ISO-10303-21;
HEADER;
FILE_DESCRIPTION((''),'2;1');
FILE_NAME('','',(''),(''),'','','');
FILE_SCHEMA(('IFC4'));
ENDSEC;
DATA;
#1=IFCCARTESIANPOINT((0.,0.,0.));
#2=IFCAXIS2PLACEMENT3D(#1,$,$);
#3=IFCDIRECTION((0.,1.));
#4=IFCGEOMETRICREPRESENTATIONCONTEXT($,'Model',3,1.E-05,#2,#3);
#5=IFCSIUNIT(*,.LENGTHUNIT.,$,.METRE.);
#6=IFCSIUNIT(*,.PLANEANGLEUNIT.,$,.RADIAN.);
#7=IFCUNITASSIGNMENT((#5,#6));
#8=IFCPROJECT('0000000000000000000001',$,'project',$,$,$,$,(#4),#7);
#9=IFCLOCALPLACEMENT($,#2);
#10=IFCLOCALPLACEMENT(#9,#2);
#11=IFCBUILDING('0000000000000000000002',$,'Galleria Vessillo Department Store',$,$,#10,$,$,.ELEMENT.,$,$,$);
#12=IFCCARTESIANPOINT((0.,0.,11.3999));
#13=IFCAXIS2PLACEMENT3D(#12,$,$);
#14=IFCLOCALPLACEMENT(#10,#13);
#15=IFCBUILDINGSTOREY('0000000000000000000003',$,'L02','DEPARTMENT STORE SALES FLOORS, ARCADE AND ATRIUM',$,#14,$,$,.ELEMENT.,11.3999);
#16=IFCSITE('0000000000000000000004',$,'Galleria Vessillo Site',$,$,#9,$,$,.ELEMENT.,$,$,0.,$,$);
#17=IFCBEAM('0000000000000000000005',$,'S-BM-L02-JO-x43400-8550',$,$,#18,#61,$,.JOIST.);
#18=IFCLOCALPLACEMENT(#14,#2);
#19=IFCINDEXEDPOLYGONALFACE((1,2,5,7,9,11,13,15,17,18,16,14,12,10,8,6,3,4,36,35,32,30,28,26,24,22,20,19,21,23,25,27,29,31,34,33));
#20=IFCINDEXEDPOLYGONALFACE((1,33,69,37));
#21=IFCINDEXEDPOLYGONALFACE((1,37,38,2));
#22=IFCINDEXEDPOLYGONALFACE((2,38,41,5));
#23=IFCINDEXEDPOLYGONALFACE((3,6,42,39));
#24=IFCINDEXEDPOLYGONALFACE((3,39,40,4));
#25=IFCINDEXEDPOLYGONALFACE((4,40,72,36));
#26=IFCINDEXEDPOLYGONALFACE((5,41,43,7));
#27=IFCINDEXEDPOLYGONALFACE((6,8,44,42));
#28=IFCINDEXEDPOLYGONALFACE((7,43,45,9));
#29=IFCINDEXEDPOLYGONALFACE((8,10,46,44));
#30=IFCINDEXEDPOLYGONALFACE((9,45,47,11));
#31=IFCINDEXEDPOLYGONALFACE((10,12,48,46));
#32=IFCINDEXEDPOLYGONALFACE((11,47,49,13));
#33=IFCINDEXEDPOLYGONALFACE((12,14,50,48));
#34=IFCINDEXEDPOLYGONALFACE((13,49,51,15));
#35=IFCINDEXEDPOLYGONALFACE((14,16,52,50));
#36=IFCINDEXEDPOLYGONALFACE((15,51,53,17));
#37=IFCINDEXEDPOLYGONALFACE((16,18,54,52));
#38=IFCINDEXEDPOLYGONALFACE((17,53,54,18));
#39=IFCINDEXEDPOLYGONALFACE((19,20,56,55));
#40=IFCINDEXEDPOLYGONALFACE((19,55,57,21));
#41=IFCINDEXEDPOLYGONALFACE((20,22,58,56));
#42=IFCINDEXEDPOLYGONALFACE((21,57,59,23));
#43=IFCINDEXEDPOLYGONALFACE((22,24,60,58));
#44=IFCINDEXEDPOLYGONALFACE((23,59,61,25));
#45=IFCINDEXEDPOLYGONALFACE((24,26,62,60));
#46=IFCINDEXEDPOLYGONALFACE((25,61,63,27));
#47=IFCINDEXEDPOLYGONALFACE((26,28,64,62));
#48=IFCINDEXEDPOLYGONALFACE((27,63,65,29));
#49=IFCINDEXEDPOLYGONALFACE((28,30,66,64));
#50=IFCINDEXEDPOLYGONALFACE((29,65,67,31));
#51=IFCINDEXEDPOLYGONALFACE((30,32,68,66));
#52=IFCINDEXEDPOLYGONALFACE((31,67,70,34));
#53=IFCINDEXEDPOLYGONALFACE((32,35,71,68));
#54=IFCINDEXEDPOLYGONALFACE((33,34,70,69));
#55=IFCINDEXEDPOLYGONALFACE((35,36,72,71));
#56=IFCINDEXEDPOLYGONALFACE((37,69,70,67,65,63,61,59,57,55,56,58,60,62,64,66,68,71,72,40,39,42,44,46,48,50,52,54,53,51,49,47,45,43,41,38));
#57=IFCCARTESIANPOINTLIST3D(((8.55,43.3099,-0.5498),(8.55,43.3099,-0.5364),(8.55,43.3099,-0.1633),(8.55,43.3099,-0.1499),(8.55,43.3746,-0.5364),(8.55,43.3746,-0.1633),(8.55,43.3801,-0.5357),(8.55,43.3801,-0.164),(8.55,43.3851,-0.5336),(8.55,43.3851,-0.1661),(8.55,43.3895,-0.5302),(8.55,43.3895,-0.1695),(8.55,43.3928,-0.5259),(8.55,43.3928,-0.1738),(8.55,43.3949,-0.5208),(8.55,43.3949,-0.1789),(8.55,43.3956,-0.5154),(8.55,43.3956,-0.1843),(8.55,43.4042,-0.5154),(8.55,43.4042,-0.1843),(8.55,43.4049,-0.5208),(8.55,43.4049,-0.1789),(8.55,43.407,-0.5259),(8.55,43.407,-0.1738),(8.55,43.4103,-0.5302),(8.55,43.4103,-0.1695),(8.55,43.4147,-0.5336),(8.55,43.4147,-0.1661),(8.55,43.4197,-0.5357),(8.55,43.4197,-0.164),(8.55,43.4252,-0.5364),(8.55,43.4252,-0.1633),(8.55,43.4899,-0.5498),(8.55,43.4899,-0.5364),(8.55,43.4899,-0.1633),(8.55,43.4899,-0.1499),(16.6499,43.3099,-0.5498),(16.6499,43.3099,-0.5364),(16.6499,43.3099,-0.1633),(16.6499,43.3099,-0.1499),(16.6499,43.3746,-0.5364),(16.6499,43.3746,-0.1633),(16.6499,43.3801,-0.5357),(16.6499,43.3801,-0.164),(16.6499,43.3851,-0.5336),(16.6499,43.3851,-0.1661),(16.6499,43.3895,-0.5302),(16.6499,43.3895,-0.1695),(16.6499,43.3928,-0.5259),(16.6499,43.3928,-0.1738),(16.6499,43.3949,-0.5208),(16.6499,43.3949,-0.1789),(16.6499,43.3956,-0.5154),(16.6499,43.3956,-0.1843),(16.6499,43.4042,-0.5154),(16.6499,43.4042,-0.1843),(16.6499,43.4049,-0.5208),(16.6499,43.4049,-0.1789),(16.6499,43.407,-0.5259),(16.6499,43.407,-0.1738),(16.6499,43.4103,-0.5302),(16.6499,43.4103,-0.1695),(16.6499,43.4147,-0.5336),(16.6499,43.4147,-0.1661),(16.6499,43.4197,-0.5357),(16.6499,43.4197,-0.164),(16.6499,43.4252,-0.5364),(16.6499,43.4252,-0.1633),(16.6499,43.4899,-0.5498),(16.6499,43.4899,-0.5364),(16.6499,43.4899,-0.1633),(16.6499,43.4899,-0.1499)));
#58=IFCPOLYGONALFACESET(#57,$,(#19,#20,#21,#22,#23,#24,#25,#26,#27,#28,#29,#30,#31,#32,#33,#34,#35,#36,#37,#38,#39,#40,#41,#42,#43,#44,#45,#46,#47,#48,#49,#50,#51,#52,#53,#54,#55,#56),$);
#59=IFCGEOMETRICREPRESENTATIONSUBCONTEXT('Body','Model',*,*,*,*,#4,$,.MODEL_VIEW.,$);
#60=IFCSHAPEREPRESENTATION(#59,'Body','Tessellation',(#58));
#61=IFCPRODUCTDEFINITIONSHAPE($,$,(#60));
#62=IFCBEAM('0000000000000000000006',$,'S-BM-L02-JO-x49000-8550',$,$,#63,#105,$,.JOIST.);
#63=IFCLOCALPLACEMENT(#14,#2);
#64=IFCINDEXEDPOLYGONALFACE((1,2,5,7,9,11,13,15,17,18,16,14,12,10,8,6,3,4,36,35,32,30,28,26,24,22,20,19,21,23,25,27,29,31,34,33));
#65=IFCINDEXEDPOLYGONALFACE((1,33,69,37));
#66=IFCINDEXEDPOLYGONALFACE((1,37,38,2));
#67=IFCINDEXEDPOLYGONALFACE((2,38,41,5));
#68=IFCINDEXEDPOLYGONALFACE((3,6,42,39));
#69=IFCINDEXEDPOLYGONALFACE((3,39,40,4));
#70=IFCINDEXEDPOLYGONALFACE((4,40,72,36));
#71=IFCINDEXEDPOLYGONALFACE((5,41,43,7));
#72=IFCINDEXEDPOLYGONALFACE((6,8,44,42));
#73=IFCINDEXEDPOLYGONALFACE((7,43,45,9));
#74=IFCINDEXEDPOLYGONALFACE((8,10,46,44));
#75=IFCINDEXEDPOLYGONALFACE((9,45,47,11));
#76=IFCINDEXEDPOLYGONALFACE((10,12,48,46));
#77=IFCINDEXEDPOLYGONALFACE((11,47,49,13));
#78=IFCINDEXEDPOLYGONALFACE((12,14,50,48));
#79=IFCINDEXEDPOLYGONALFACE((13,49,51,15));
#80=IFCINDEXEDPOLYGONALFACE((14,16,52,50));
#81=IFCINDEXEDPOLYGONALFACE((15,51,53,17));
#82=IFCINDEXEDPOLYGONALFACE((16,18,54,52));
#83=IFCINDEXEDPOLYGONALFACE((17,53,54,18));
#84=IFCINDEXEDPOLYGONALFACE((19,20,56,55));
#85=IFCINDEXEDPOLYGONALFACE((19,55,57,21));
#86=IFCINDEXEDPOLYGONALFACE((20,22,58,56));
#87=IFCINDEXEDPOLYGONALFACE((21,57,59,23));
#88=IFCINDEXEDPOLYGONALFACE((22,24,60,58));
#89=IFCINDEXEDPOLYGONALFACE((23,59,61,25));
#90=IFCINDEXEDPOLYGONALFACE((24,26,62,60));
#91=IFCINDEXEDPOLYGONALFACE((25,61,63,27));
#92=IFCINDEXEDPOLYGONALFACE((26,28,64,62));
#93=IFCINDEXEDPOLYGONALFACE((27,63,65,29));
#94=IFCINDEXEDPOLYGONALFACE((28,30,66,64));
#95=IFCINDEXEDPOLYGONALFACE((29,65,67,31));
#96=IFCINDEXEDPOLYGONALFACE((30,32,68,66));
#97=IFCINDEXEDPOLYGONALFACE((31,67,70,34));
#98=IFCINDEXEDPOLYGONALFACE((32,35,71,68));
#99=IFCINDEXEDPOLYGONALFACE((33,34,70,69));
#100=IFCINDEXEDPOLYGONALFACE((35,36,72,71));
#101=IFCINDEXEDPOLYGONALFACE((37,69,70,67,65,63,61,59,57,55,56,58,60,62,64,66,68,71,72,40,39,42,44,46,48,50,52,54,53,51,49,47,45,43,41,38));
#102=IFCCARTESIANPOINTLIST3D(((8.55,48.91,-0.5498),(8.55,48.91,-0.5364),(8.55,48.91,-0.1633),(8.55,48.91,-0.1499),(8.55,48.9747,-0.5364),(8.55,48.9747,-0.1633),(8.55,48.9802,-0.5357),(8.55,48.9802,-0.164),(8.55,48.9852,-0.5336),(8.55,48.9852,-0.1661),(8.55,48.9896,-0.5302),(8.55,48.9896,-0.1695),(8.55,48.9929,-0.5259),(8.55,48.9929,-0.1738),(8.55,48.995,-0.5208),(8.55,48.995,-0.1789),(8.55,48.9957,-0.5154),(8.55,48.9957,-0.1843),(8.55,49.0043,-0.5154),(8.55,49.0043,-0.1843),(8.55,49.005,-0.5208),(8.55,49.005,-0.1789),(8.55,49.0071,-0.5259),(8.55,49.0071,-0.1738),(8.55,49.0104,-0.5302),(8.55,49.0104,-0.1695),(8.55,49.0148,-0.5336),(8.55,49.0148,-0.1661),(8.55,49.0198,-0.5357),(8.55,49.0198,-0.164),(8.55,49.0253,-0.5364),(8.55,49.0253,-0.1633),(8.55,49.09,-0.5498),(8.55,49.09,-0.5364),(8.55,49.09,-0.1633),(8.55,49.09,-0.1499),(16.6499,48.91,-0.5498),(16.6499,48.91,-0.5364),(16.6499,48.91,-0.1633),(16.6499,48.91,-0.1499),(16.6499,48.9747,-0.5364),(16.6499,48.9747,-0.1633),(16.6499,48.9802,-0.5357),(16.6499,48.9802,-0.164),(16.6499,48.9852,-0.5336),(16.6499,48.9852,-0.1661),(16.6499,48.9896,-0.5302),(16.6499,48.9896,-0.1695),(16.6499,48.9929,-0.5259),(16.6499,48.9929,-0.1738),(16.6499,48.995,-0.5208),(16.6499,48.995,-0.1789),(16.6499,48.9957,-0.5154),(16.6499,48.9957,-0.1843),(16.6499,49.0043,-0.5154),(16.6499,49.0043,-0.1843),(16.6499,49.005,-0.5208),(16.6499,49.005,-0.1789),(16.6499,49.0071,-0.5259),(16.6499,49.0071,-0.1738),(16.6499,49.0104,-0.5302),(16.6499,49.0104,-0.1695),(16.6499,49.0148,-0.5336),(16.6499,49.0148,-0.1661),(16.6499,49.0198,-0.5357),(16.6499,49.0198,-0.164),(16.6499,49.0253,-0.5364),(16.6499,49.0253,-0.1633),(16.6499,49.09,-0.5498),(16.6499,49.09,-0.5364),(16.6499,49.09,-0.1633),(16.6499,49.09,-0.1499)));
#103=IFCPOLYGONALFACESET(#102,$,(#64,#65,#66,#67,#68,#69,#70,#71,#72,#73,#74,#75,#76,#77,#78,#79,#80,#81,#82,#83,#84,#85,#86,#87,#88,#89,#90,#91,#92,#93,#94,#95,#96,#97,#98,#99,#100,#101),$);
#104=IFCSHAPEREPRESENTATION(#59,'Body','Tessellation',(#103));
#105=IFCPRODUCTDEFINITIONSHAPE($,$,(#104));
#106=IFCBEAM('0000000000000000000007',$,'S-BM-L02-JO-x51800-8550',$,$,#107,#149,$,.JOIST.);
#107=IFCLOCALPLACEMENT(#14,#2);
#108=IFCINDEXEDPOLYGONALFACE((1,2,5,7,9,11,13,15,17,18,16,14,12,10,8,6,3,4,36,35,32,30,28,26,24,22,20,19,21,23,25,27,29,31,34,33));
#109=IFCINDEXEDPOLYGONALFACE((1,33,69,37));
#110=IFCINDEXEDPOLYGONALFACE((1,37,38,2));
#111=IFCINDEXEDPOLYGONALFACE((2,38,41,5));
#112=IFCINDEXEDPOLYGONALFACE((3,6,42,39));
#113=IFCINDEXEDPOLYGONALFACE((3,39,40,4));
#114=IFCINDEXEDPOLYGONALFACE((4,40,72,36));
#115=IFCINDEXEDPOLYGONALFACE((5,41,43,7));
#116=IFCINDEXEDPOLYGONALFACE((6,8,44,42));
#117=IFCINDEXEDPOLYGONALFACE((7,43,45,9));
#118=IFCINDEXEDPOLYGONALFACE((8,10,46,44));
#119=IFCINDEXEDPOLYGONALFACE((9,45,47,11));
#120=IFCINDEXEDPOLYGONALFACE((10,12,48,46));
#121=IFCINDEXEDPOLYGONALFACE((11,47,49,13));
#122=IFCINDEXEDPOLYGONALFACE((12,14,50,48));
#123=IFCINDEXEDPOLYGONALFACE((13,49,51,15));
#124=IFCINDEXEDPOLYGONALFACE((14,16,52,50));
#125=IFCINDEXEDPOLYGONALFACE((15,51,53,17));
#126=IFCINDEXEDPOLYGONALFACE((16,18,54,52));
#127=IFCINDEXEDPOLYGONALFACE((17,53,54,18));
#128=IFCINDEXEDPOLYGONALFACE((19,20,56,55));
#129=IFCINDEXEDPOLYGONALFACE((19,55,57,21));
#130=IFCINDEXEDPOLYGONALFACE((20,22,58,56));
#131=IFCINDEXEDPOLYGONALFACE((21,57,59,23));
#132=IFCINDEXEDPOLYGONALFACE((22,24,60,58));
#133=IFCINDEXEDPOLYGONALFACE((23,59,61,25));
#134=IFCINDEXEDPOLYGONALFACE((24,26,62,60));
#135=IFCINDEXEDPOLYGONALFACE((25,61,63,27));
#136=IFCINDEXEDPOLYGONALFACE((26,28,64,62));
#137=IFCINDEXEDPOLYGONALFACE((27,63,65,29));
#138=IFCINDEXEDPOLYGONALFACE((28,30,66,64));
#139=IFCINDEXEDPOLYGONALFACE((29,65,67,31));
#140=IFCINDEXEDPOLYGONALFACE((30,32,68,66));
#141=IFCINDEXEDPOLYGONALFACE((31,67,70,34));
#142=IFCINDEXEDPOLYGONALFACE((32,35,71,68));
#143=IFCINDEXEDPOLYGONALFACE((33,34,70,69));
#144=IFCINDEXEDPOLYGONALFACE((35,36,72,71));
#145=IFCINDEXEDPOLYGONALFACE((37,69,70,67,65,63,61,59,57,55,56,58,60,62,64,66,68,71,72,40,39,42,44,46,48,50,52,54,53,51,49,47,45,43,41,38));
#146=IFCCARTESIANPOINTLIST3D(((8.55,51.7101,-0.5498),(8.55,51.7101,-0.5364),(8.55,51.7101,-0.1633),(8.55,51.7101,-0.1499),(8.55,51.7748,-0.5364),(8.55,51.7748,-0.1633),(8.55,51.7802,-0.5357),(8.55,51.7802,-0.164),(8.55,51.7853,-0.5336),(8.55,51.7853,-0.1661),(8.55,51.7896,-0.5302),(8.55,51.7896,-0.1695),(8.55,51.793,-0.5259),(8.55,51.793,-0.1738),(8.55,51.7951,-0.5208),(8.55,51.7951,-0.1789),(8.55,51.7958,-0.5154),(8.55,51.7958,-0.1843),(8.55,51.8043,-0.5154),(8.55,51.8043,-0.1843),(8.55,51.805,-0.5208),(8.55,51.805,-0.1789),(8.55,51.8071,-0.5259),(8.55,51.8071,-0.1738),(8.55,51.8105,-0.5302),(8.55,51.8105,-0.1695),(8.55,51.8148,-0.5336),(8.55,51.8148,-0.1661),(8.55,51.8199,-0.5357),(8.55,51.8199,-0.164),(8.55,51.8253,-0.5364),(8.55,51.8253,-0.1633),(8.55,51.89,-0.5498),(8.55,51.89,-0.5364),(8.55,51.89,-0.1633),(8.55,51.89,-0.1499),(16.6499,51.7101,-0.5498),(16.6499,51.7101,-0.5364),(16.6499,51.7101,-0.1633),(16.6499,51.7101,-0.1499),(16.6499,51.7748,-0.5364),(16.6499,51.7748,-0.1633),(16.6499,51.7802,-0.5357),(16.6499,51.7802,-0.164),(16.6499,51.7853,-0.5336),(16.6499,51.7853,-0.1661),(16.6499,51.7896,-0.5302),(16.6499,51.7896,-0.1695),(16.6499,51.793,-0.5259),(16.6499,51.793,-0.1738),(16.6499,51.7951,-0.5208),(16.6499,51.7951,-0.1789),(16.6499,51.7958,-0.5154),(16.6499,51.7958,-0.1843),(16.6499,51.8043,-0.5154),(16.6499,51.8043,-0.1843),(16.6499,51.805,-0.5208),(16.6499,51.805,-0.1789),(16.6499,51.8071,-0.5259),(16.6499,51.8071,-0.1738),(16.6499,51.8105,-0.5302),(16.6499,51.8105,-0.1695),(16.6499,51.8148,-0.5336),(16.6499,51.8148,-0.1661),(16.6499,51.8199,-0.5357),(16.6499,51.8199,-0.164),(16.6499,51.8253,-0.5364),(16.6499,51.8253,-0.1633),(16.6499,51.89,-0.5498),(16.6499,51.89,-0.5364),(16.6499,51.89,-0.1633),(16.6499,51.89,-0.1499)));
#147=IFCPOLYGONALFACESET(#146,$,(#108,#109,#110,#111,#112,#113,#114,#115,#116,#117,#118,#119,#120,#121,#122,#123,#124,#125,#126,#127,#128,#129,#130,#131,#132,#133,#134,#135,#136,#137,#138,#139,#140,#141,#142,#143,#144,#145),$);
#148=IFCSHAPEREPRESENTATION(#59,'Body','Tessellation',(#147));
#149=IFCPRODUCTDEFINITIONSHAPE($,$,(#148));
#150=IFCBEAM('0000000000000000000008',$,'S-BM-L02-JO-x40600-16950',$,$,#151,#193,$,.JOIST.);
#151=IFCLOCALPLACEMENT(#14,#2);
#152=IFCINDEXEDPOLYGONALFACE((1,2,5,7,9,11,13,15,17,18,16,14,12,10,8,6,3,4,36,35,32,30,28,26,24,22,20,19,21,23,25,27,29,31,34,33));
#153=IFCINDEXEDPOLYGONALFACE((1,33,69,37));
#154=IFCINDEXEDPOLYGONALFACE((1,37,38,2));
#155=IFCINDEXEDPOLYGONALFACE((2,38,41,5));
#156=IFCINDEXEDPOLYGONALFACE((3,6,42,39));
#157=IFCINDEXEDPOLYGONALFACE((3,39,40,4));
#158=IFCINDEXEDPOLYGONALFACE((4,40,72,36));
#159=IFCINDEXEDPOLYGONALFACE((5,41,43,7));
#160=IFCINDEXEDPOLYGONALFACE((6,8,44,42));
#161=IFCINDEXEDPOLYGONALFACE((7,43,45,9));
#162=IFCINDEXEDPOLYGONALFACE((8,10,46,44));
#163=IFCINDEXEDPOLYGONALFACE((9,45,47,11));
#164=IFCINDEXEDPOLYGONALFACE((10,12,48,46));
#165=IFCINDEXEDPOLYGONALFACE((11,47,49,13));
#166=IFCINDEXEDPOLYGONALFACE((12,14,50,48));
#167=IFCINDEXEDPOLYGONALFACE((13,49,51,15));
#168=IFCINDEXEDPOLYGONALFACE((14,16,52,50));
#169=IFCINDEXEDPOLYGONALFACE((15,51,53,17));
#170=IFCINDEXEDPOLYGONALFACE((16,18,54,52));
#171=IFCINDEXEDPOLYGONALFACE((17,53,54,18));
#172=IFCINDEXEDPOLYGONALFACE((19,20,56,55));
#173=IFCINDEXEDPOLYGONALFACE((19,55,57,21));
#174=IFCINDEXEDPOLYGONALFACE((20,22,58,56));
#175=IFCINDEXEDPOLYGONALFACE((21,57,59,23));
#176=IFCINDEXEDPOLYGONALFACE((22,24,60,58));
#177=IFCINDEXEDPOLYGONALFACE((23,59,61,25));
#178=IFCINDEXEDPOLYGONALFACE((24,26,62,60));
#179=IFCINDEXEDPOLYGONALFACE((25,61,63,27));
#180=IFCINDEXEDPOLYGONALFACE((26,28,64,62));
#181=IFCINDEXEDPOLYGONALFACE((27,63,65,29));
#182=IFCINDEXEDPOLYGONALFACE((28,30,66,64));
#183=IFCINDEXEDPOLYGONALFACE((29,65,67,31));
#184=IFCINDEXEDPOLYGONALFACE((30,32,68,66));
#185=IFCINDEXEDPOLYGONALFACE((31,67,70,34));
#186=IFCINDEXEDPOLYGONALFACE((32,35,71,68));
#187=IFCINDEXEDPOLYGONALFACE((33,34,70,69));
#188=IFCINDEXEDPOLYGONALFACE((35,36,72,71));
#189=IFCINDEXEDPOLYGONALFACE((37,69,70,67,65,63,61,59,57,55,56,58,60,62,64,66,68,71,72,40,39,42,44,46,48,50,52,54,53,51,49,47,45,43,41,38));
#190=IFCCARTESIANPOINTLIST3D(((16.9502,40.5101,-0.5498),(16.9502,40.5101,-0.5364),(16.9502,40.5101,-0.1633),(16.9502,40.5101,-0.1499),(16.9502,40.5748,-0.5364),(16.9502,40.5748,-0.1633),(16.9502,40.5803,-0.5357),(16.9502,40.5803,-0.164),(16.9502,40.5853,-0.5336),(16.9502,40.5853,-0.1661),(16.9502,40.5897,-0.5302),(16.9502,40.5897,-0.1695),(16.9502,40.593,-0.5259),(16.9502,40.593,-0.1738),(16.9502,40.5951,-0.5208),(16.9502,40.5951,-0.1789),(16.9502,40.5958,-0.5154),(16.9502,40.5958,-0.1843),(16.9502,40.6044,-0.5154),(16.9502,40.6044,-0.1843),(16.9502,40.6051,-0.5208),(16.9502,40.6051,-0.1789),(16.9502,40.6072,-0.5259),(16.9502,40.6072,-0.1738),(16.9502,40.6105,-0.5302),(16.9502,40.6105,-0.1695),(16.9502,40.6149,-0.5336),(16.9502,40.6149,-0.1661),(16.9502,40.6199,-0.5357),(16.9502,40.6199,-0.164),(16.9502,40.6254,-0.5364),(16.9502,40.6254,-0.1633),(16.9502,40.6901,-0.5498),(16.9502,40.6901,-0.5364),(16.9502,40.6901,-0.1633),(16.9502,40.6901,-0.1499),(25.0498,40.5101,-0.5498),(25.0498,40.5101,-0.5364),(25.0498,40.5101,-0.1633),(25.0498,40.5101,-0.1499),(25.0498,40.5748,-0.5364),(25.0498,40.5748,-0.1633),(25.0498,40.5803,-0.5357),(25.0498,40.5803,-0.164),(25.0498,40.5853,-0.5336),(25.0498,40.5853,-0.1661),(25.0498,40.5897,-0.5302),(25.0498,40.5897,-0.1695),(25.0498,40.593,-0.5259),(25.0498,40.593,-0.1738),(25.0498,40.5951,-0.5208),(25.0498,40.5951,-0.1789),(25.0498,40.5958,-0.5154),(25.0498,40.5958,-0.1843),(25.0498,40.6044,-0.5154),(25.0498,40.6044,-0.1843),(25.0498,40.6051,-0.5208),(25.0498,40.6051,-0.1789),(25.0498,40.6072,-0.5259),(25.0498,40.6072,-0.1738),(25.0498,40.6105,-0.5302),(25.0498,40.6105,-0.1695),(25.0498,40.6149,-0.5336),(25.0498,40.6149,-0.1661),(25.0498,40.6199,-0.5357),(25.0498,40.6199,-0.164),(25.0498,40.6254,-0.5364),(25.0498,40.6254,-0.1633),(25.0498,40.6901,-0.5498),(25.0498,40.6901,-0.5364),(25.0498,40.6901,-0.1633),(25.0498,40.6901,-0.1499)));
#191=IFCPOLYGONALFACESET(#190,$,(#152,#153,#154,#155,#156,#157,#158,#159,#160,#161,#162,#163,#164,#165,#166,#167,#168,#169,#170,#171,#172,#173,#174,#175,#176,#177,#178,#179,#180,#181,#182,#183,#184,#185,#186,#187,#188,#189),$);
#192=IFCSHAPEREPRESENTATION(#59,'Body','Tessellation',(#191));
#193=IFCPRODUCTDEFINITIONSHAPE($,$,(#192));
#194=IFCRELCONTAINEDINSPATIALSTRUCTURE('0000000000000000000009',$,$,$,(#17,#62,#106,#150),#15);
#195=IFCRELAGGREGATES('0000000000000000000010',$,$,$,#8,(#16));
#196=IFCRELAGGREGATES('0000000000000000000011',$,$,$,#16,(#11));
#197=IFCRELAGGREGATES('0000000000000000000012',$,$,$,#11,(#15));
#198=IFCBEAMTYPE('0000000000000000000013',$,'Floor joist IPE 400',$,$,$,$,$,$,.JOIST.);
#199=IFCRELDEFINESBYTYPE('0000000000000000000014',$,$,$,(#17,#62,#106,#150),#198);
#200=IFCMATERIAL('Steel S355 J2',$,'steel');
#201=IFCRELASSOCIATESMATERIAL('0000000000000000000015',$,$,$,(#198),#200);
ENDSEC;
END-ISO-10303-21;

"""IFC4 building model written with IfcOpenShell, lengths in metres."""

from ifc_helpers import new_model, si_unit, direction, frame, origin, origin_2d, place, context, subcontext, project, spatial, i_section, extrude, material, material_profile, profile_set, type_object, element, save


model = new_model("IFC4")

# Units and contexts
model_context = context("Model", 3, precision=1e-05, world=origin(), true_north=direction((0.0, 1.0)))
body_context = subcontext(model_context, "Body", "Model", "MODEL_VIEW")
ifc_project = project(units=[si_unit("LENGTHUNIT", "METRE"), si_unit("PLANEANGLEUNIT", "RADIAN")], contexts=[model_context])

# Site, building, storey
site_placement = place(None, origin())
site = spatial("IfcSite", under=ifc_project, at=site_placement, Name="Galleria Vessillo Site", CompositionType="ELEMENT", RefElevation=0.0)
building_placement = place(site_placement, origin())
building = spatial("IfcBuilding", under=site, at=building_placement, Name="Galleria Vessillo Department Store", CompositionType="ELEMENT")
storey_placement = place(building_placement, frame((0.0, 0.0, 11.3999)))
storey = spatial("IfcBuildingStorey", under=building, at=storey_placement, Name="L02", Description="DEPARTMENT STORE SALES FLOORS, ARCADE AND ATRIUM", CompositionType="ELEMENT", Elevation=11.3999)

# Beams
ifc_material_1 = material(Name="Steel S355 J2", Category="steel")
ifc_material_profile_1 = material_profile(ifc_material_1, i_section(OverallWidth=0.1799, OverallDepth=0.3999, WebThickness=0.0085, FlangeThickness=0.0134, FilletRadius=0.021, at=origin_2d()), Name="IPE 400")
ifc_profile_set_1 = profile_set([ifc_material_profile_1], Name="Steel S355 J2")
beam_type_1 = type_object("IfcBeamType", Name="Floor joist IPE 400", PredefinedType="JOIST", material=ifc_profile_set_1)
for number, where, z_axis, x_axis, name in (
    (1, (8.55, 43.3999, -0.3499), (1.0, 0.0, 0.0), (0.0, 1.0, 0.0), "S-BM-L02-JO-x43400-8550"),
    (2, (8.55, 49.0, -0.3499), (1.0, 0.0, 0.0), (0.0, 1.0, 0.0), "S-BM-L02-JO-x49000-8550"),
    (3, (8.55, 51.8, -0.3499), (1.0, 0.0, 0.0), (0.0, 1.0, 0.0), "S-BM-L02-JO-x51800-8550"),
):
    element("IfcBeam", number, at=place(storey_placement, frame(where, z_axis=z_axis, x_axis=x_axis)), inside=storey, type_object=beam_type_1, Name=name, PredefinedType="JOIST", context=body_context, shape_type="SweptSolid", body=[
        extrude(i_section(OverallWidth=0.1799, OverallDepth=0.3999, WebThickness=0.0085, FlangeThickness=0.0134, FilletRadius=0.021, at=origin_2d()), origin(), (0.0, 0.0, 1.0), 8.0999),
    ])
for number, where, z_axis, x_axis, name in (
    (4, (16.9502, 40.6001, -0.3499), (1.0, 0.0, 0.0), (0.0, 1.0, 0.0), "S-BM-L02-JO-x40600-16950"),
):
    element("IfcBeam", number, at=place(storey_placement, frame(where, z_axis=z_axis, x_axis=x_axis)), inside=storey, type_object=beam_type_1, Name=name, PredefinedType="JOIST", context=body_context, shape_type="SweptSolid", body=[
        extrude(i_section(OverallWidth=0.1799, OverallDepth=0.3999, WebThickness=0.0085, FlangeThickness=0.0134, FilletRadius=0.021, at=origin_2d()), origin(), (0.0, 0.0, 1.0), 8.0996),
    ])

save(model, "model.ifc")
